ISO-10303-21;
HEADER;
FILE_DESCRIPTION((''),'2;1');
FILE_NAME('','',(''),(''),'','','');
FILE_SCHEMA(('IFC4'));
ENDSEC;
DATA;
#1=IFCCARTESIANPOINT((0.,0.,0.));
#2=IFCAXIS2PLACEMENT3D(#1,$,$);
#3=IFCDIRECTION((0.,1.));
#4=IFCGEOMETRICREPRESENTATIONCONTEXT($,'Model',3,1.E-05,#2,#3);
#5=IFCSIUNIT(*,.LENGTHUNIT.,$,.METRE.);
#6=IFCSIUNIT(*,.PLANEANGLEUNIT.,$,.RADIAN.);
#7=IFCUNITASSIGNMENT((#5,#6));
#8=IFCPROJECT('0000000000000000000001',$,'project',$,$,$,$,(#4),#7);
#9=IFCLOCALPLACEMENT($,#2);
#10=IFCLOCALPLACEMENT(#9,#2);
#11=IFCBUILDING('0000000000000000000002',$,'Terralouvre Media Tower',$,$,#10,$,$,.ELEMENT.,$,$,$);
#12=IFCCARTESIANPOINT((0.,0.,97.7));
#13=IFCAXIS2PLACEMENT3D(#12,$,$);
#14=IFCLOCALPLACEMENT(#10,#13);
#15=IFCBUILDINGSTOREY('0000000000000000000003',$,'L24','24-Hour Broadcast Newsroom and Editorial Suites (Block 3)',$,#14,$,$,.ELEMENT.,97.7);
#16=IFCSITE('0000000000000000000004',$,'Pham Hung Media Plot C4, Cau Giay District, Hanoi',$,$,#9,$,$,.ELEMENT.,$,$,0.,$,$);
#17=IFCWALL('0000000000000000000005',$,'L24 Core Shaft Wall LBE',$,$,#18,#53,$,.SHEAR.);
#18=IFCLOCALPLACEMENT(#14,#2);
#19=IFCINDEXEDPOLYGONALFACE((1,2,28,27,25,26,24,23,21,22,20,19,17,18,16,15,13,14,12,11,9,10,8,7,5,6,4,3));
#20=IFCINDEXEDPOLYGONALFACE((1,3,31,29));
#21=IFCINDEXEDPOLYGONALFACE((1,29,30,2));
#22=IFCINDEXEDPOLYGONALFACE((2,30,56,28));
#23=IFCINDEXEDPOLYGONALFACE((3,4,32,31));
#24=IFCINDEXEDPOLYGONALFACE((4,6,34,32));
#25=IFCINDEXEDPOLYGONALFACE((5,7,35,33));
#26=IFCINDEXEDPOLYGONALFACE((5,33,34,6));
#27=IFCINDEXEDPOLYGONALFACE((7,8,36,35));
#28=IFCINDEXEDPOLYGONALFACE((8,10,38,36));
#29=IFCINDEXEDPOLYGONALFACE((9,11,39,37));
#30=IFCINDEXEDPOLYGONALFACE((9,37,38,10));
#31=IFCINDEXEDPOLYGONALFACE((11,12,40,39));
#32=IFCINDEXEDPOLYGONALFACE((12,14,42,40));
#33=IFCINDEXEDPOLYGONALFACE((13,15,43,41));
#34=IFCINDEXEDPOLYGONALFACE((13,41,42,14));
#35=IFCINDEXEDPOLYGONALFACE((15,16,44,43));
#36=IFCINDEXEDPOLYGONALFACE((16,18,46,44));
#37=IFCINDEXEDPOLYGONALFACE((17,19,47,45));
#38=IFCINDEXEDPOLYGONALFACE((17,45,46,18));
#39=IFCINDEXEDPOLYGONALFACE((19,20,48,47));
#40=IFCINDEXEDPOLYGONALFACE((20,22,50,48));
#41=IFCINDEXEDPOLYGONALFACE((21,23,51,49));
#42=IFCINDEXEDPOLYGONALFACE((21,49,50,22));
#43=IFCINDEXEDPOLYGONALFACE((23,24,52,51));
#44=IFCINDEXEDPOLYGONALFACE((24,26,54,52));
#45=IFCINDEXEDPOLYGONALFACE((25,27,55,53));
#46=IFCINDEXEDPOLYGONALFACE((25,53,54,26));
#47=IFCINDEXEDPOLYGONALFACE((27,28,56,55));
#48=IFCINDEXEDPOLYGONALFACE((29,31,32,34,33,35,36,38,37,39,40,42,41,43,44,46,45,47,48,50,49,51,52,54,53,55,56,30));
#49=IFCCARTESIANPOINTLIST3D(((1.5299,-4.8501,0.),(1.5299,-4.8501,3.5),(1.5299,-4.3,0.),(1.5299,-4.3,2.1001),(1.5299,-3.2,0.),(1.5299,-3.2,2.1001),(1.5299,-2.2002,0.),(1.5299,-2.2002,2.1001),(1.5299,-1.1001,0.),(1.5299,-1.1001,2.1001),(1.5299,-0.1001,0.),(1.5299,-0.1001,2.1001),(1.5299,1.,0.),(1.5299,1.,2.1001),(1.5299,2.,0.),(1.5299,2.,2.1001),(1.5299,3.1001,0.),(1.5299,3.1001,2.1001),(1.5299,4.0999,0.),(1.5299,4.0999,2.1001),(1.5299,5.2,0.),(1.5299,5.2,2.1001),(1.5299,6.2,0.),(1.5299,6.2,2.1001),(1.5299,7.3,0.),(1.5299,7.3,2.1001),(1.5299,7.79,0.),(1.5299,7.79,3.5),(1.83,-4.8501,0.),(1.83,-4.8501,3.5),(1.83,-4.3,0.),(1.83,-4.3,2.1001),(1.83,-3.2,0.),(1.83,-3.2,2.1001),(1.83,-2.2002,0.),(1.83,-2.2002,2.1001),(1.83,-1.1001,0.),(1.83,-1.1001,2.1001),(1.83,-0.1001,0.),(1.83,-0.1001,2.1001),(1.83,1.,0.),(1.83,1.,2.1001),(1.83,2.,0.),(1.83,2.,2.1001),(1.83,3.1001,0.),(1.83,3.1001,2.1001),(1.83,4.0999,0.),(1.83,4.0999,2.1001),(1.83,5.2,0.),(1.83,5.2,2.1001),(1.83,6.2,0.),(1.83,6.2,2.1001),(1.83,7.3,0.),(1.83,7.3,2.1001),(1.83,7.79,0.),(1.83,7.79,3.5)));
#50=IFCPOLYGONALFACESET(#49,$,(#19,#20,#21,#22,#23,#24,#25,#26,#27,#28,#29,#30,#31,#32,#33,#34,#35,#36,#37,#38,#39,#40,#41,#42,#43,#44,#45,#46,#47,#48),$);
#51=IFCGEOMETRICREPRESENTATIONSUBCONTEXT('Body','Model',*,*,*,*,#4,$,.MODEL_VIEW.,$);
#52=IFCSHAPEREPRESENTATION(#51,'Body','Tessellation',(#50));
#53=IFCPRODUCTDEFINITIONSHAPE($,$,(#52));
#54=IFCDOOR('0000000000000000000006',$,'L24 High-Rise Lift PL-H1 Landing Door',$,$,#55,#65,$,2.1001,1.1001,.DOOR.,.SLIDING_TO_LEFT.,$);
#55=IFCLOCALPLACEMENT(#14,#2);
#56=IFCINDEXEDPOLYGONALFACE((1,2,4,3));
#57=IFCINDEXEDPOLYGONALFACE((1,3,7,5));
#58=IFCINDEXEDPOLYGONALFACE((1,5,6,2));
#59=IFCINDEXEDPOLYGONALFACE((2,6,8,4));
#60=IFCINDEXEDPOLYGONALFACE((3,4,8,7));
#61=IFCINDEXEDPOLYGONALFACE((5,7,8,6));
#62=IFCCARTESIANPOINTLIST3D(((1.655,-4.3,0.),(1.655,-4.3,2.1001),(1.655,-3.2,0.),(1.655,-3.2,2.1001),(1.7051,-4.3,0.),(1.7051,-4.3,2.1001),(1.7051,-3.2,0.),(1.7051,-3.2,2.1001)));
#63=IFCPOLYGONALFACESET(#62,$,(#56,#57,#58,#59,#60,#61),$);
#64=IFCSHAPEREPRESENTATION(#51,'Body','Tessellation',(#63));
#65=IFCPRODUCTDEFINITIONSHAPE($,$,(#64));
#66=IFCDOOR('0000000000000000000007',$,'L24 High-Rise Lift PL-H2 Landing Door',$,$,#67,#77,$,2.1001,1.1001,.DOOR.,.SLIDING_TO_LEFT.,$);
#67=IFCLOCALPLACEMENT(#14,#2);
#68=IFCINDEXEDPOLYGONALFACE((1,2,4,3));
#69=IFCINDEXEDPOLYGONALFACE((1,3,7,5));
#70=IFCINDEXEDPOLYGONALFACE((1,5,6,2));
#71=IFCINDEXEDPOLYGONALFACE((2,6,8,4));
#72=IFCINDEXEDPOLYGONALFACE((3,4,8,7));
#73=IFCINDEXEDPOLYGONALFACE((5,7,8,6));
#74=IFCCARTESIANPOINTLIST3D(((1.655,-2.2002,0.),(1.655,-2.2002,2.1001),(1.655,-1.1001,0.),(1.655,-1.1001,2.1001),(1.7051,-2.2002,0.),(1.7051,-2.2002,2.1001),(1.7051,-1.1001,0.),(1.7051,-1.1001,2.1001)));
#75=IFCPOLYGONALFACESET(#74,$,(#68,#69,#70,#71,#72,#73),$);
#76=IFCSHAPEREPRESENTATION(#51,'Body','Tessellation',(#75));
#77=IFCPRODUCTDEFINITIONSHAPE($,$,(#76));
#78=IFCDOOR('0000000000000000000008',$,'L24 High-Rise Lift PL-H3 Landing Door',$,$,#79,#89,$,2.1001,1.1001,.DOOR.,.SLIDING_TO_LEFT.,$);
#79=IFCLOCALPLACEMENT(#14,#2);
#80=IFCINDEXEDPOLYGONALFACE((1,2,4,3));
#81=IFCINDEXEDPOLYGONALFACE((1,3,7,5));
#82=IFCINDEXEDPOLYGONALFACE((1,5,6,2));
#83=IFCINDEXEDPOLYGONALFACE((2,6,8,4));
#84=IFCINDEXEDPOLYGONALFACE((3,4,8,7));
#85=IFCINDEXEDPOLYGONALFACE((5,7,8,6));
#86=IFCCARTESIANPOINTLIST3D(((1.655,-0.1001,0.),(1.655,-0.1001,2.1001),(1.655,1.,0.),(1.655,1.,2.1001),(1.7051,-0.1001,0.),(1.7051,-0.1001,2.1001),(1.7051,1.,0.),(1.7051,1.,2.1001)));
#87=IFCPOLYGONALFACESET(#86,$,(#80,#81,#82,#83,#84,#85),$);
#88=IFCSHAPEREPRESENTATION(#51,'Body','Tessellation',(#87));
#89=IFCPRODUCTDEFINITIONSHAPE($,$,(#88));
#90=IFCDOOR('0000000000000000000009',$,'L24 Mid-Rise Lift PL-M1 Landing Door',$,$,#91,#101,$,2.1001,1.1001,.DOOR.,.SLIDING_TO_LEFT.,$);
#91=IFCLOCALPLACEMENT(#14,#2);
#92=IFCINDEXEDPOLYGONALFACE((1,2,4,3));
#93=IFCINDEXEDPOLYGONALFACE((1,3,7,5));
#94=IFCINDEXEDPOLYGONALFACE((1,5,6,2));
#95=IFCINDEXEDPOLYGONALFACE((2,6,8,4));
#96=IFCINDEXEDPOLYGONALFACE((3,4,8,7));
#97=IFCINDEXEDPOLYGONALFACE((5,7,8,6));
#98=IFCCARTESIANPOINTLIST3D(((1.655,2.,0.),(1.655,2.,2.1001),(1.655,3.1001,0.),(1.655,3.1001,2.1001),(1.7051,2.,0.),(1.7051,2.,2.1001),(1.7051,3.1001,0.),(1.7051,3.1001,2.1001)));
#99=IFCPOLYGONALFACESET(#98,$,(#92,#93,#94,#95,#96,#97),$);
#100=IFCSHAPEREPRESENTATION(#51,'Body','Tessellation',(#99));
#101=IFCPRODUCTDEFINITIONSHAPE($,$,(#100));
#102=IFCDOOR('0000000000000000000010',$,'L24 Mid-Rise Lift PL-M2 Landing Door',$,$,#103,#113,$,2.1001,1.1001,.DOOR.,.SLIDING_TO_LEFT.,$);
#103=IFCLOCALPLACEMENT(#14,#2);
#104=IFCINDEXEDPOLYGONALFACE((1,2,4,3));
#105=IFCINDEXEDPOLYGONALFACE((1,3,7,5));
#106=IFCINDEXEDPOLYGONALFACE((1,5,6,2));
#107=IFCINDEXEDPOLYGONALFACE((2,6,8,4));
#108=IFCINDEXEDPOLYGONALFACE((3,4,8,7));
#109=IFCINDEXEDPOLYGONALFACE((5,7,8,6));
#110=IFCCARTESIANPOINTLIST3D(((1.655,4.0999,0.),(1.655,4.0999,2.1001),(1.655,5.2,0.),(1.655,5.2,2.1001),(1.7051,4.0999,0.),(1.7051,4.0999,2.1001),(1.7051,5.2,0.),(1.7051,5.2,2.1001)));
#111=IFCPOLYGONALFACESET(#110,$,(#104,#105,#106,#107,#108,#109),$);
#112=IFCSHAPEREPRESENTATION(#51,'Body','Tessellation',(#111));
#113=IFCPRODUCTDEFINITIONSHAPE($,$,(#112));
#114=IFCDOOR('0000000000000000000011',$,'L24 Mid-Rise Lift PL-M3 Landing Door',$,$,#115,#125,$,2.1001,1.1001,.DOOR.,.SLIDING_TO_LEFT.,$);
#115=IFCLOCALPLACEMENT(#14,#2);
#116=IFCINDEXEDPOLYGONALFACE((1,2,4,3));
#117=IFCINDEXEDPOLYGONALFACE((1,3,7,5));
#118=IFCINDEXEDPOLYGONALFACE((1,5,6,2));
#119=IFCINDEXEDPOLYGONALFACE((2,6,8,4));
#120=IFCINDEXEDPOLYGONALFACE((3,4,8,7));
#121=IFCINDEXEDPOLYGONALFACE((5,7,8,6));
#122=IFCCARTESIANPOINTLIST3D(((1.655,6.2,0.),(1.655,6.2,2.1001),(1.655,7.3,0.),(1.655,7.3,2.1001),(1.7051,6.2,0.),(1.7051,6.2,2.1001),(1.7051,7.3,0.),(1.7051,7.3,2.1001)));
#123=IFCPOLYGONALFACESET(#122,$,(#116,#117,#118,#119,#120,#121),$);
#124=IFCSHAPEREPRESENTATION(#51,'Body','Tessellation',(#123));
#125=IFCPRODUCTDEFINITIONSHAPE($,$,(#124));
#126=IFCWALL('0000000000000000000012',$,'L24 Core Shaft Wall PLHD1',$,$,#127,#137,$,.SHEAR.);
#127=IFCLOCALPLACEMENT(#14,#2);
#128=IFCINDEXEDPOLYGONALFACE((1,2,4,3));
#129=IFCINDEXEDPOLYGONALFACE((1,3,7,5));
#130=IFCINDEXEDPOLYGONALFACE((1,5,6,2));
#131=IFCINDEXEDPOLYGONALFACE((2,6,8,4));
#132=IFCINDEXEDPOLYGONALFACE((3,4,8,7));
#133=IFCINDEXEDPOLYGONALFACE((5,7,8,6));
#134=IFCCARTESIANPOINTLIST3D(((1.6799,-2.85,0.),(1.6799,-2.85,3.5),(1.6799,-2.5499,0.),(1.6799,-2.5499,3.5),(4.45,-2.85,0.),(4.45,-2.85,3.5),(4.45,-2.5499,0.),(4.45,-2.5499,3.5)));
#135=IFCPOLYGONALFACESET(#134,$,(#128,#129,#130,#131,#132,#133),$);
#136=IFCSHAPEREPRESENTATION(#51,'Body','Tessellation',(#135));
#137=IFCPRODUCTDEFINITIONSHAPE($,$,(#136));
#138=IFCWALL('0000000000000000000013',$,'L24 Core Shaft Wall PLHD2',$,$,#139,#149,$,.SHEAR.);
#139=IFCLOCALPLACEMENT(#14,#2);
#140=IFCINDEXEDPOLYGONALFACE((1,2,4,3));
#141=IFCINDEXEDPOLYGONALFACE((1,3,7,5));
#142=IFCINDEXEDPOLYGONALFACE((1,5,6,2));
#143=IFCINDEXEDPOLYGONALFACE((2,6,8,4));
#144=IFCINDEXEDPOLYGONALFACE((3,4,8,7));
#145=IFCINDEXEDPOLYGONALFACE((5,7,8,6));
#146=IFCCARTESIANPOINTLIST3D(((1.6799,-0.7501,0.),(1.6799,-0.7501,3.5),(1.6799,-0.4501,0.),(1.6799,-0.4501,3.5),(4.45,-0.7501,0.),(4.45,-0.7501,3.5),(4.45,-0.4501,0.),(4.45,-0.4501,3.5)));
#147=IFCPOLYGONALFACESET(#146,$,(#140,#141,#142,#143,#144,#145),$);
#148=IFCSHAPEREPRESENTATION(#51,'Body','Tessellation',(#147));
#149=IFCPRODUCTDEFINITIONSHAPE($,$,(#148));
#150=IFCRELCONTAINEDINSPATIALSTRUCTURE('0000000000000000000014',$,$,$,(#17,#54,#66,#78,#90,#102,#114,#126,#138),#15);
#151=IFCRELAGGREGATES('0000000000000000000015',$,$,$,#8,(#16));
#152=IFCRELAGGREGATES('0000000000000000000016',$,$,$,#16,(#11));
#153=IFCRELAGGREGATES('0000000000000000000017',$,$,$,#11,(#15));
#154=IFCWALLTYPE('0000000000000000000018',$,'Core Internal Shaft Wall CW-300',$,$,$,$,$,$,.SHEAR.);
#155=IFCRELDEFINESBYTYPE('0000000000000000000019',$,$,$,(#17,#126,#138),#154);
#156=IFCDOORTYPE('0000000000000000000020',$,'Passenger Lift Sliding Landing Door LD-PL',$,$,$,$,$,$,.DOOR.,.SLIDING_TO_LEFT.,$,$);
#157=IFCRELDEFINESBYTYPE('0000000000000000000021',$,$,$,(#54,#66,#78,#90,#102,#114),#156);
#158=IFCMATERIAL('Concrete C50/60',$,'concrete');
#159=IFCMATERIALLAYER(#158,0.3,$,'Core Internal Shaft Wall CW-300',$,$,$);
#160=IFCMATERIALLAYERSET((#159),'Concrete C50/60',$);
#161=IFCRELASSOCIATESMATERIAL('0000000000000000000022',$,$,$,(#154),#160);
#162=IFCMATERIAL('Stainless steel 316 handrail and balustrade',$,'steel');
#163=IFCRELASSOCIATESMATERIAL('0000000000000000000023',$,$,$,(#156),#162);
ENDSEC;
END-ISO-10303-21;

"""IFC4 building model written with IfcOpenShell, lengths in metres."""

from ifc_helpers import new_model, si_unit, direction, frame, frame_2d, origin, place, context, subcontext, project, spatial, rectangle, extrude, material, layer, layer_set, type_object, element, fill, save


model = new_model("IFC4")

# Units and contexts
model_context = context("Model", 3, precision=1e-05, world=origin(), true_north=direction((0.0, 1.0)))
body_context = subcontext(model_context, "Body", "Model", "MODEL_VIEW")
ifc_project = project(units=[si_unit("LENGTHUNIT", "METRE"), si_unit("PLANEANGLEUNIT", "RADIAN")], contexts=[model_context])

# Site, building, storey
site_placement = place(None, origin())
site = spatial("IfcSite", under=ifc_project, at=site_placement, Name="Pham Hung Media Plot C4, Cau Giay District, Hanoi", CompositionType="ELEMENT", RefElevation=0.0)
building_placement = place(site_placement, origin())
building = spatial("IfcBuilding", under=site, at=building_placement, Name="Terralouvre Media Tower", CompositionType="ELEMENT")
storey_placement = place(building_placement, frame((0.0, 0.0, 97.7)))
storey = spatial("IfcBuildingStorey", under=building, at=storey_placement, Name="L24", Description="24-Hour Broadcast Newsroom and Editorial Suites (Block 3)", CompositionType="ELEMENT", Elevation=97.7)

# Shared definitions
ifc_material_1 = material(Name="Concrete C50/60", Category="concrete")
ifc_layer_1 = layer(ifc_material_1, 0.3, Name="Core Internal Shaft Wall CW-300")
ifc_layer_set_1 = layer_set([ifc_layer_1], Name="Concrete C50/60")
wall_type = type_object("IfcWallType", Name="Core Internal Shaft Wall CW-300", PredefinedType="SHEAR", material=ifc_layer_set_1)

# Wall, openings, doors
wall_1_placement = place(storey_placement, frame((1.6799, -4.8501, 0.0), z_axis=(0.0, 0.0, 1.0), x_axis=(0.0, 1.0, 0.0)))
wall_1 = element("IfcWall", 1, at=wall_1_placement, inside=storey, type_object=wall_type, Name="L24 Core Shaft Wall LBE", PredefinedType="SHEAR", context=body_context, shape_type="SweptSolid", body=[
    extrude(rectangle(XDim=12.6401, YDim=0.3, at=frame_2d((6.3201, 0.0))), origin(), (0.0, 0.0, 1.0), 3.5),
])
opening_1_placement = place(wall_1_placement, frame((0.55, 0.0, 0.0)))
opening_1 = element("IfcOpeningElement", 2, at=opening_1_placement, cuts=wall_1, PredefinedType="OPENING", context=body_context, shape_type="SweptSolid", body=[
    extrude(rectangle(XDim=1.1001, YDim=2.1001, at=frame_2d((0.55, 1.05))), frame((0.0, 0.1599, 0.0), z_axis=(0.0, -1.0, 0.0), x_axis=(1.0, 0.0, 0.0)), (0.0, 0.0, 1.0), 0.3201),
])
opening_2_placement = place(wall_1_placement, frame((2.6499, 0.0, 0.0)))
opening_2 = element("IfcOpeningElement", 3, at=opening_2_placement, cuts=wall_1, PredefinedType="OPENING", context=body_context, shape_type="SweptSolid", body=[
    extrude(rectangle(XDim=1.1001, YDim=2.1001, at=frame_2d((0.55, 1.05))), frame((0.0, 0.1599, 0.0), z_axis=(0.0, -1.0, 0.0), x_axis=(1.0, 0.0, 0.0)), (0.0, 0.0, 1.0), 0.3201),
])
opening_3_placement = place(wall_1_placement, frame((4.75, 0.0, 0.0)))
opening_3 = element("IfcOpeningElement", 4, at=opening_3_placement, cuts=wall_1, PredefinedType="OPENING", context=body_context, shape_type="SweptSolid", body=[
    extrude(rectangle(XDim=1.1001, YDim=2.1001, at=frame_2d((0.55, 1.05))), frame((0.0, 0.1599, 0.0), z_axis=(0.0, -1.0, 0.0), x_axis=(1.0, 0.0, 0.0)), (0.0, 0.0, 1.0), 0.3201),
])
opening_4_placement = place(wall_1_placement, frame((6.8501, 0.0, 0.0)))
opening_4 = element("IfcOpeningElement", 5, at=opening_4_placement, cuts=wall_1, PredefinedType="OPENING", context=body_context, shape_type="SweptSolid", body=[
    extrude(rectangle(XDim=1.1001, YDim=2.1001, at=frame_2d((0.55, 1.05))), frame((0.0, 0.1599, 0.0), z_axis=(0.0, -1.0, 0.0), x_axis=(1.0, 0.0, 0.0)), (0.0, 0.0, 1.0), 0.3201),
])
opening_5_placement = place(wall_1_placement, frame((8.95, 0.0, 0.0)))
opening_5 = element("IfcOpeningElement", 6, at=opening_5_placement, cuts=wall_1, PredefinedType="OPENING", context=body_context, shape_type="SweptSolid", body=[
    extrude(rectangle(XDim=1.1001, YDim=2.1001, at=frame_2d((0.55, 1.05))), frame((0.0, 0.1599, 0.0), z_axis=(0.0, -1.0, 0.0), x_axis=(1.0, 0.0, 0.0)), (0.0, 0.0, 1.0), 0.3201),
])
opening_6_placement = place(wall_1_placement, frame((11.05, 0.0, 0.0)))
opening_6 = element("IfcOpeningElement", 7, at=opening_6_placement, cuts=wall_1, PredefinedType="OPENING", context=body_context, shape_type="SweptSolid", body=[
    extrude(rectangle(XDim=1.1001, YDim=2.1001, at=frame_2d((0.55, 1.05))), frame((0.0, 0.1599, 0.0), z_axis=(0.0, -1.0, 0.0), x_axis=(1.0, 0.0, 0.0)), (0.0, 0.0, 1.0), 0.3201),
])
ifc_material_2 = material(Name="Stainless steel 316 handrail and balustrade", Category="steel")
door_type_1 = type_object("IfcDoorType", Name="Passenger Lift Sliding Landing Door LD-PL", OperationType="SLIDING_TO_LEFT", PredefinedType="DOOR", material=ifc_material_2)
door_1_placement = place(opening_1_placement, origin())
door_1 = element("IfcDoor", 8, at=door_1_placement, inside=storey, type_object=door_type_1, Name="L24 High-Rise Lift PL-H1 Landing Door", OperationType="SLIDING_TO_LEFT", OverallHeight=2.1001, OverallWidth=1.1001, PredefinedType="DOOR", context=body_context, shape_type="SweptSolid", body=[
    extrude(rectangle(XDim=1.1001, YDim=2.1001, at=frame_2d((0.55, 1.05))), frame((0.0, 0.0249, 0.0), z_axis=(0.0, -1.0, 0.0), x_axis=(1.0, 0.0, 0.0)), (0.0, 0.0, 1.0), 0.05),
])
fill(opening_1, door_1)
door_2_placement = place(opening_2_placement, origin())
door_2 = element("IfcDoor", 9, at=door_2_placement, inside=storey, type_object=door_type_1, Name="L24 High-Rise Lift PL-H2 Landing Door", OperationType="SLIDING_TO_LEFT", OverallHeight=2.1001, OverallWidth=1.1001, PredefinedType="DOOR", context=body_context, shape_type="SweptSolid", body=[
    extrude(rectangle(XDim=1.1001, YDim=2.1001, at=frame_2d((0.55, 1.05))), frame((0.0, 0.0249, 0.0), z_axis=(0.0, -1.0, 0.0), x_axis=(1.0, 0.0, 0.0)), (0.0, 0.0, 1.0), 0.05),
])
fill(opening_2, door_2)
door_3_placement = place(opening_3_placement, origin())
door_3 = element("IfcDoor", 10, at=door_3_placement, inside=storey, type_object=door_type_1, Name="L24 High-Rise Lift PL-H3 Landing Door", OperationType="SLIDING_TO_LEFT", OverallHeight=2.1001, OverallWidth=1.1001, PredefinedType="DOOR", context=body_context, shape_type="SweptSolid", body=[
    extrude(rectangle(XDim=1.1001, YDim=2.1001, at=frame_2d((0.55, 1.05))), frame((0.0, 0.0249, 0.0), z_axis=(0.0, -1.0, 0.0), x_axis=(1.0, 0.0, 0.0)), (0.0, 0.0, 1.0), 0.05),
])
fill(opening_3, door_3)
door_4_placement = place(opening_4_placement, origin())
door_4 = element("IfcDoor", 11, at=door_4_placement, inside=storey, type_object=door_type_1, Name="L24 Mid-Rise Lift PL-M1 Landing Door", OperationType="SLIDING_TO_LEFT", OverallHeight=2.1001, OverallWidth=1.1001, PredefinedType="DOOR", context=body_context, shape_type="SweptSolid", body=[
    extrude(rectangle(XDim=1.1001, YDim=2.1001, at=frame_2d((0.55, 1.05))), frame((0.0, 0.0249, 0.0), z_axis=(0.0, -1.0, 0.0), x_axis=(1.0, 0.0, 0.0)), (0.0, 0.0, 1.0), 0.05),
])
fill(opening_4, door_4)
door_5_placement = place(opening_5_placement, origin())
door_5 = element("IfcDoor", 12, at=door_5_placement, inside=storey, type_object=door_type_1, Name="L24 Mid-Rise Lift PL-M2 Landing Door", OperationType="SLIDING_TO_LEFT", OverallHeight=2.1001, OverallWidth=1.1001, PredefinedType="DOOR", context=body_context, shape_type="SweptSolid", body=[
    extrude(rectangle(XDim=1.1001, YDim=2.1001, at=frame_2d((0.55, 1.05))), frame((0.0, 0.0249, 0.0), z_axis=(0.0, -1.0, 0.0), x_axis=(1.0, 0.0, 0.0)), (0.0, 0.0, 1.0), 0.05),
])
fill(opening_5, door_5)
door_6_placement = place(opening_6_placement, origin())
door_6 = element("IfcDoor", 13, at=door_6_placement, inside=storey, type_object=door_type_1, Name="L24 Mid-Rise Lift PL-M3 Landing Door", OperationType="SLIDING_TO_LEFT", OverallHeight=2.1001, OverallWidth=1.1001, PredefinedType="DOOR", context=body_context, shape_type="SweptSolid", body=[
    extrude(rectangle(XDim=1.1001, YDim=2.1001, at=frame_2d((0.55, 1.05))), frame((0.0, 0.0249, 0.0), z_axis=(0.0, -1.0, 0.0), x_axis=(1.0, 0.0, 0.0)), (0.0, 0.0, 1.0), 0.05),
])
fill(opening_6, door_6)

# Walls
for number, where, z_axis, x_axis, name in (
    (14, (1.6799, -2.7, 0.0), (0.0, 0.0, 1.0), (1.0, 0.0, 0.0), "L24 Core Shaft Wall PLHD1"),
    (15, (1.6799, -0.6001, 0.0), (0.0, 0.0, 1.0), (1.0, 0.0, 0.0), "L24 Core Shaft Wall PLHD2"),
):
    element("IfcWall", number, at=place(storey_placement, frame(where, z_axis=z_axis, x_axis=x_axis)), inside=storey, type_object=wall_type, Name=name, PredefinedType="SHEAR", context=body_context, shape_type="SweptSolid", body=[
        extrude(rectangle(XDim=2.77, YDim=0.3, at=frame_2d((1.385, 0.0))), origin(), (0.0, 0.0, 1.0), 3.5),
    ])

save(model, "model.ifc")
